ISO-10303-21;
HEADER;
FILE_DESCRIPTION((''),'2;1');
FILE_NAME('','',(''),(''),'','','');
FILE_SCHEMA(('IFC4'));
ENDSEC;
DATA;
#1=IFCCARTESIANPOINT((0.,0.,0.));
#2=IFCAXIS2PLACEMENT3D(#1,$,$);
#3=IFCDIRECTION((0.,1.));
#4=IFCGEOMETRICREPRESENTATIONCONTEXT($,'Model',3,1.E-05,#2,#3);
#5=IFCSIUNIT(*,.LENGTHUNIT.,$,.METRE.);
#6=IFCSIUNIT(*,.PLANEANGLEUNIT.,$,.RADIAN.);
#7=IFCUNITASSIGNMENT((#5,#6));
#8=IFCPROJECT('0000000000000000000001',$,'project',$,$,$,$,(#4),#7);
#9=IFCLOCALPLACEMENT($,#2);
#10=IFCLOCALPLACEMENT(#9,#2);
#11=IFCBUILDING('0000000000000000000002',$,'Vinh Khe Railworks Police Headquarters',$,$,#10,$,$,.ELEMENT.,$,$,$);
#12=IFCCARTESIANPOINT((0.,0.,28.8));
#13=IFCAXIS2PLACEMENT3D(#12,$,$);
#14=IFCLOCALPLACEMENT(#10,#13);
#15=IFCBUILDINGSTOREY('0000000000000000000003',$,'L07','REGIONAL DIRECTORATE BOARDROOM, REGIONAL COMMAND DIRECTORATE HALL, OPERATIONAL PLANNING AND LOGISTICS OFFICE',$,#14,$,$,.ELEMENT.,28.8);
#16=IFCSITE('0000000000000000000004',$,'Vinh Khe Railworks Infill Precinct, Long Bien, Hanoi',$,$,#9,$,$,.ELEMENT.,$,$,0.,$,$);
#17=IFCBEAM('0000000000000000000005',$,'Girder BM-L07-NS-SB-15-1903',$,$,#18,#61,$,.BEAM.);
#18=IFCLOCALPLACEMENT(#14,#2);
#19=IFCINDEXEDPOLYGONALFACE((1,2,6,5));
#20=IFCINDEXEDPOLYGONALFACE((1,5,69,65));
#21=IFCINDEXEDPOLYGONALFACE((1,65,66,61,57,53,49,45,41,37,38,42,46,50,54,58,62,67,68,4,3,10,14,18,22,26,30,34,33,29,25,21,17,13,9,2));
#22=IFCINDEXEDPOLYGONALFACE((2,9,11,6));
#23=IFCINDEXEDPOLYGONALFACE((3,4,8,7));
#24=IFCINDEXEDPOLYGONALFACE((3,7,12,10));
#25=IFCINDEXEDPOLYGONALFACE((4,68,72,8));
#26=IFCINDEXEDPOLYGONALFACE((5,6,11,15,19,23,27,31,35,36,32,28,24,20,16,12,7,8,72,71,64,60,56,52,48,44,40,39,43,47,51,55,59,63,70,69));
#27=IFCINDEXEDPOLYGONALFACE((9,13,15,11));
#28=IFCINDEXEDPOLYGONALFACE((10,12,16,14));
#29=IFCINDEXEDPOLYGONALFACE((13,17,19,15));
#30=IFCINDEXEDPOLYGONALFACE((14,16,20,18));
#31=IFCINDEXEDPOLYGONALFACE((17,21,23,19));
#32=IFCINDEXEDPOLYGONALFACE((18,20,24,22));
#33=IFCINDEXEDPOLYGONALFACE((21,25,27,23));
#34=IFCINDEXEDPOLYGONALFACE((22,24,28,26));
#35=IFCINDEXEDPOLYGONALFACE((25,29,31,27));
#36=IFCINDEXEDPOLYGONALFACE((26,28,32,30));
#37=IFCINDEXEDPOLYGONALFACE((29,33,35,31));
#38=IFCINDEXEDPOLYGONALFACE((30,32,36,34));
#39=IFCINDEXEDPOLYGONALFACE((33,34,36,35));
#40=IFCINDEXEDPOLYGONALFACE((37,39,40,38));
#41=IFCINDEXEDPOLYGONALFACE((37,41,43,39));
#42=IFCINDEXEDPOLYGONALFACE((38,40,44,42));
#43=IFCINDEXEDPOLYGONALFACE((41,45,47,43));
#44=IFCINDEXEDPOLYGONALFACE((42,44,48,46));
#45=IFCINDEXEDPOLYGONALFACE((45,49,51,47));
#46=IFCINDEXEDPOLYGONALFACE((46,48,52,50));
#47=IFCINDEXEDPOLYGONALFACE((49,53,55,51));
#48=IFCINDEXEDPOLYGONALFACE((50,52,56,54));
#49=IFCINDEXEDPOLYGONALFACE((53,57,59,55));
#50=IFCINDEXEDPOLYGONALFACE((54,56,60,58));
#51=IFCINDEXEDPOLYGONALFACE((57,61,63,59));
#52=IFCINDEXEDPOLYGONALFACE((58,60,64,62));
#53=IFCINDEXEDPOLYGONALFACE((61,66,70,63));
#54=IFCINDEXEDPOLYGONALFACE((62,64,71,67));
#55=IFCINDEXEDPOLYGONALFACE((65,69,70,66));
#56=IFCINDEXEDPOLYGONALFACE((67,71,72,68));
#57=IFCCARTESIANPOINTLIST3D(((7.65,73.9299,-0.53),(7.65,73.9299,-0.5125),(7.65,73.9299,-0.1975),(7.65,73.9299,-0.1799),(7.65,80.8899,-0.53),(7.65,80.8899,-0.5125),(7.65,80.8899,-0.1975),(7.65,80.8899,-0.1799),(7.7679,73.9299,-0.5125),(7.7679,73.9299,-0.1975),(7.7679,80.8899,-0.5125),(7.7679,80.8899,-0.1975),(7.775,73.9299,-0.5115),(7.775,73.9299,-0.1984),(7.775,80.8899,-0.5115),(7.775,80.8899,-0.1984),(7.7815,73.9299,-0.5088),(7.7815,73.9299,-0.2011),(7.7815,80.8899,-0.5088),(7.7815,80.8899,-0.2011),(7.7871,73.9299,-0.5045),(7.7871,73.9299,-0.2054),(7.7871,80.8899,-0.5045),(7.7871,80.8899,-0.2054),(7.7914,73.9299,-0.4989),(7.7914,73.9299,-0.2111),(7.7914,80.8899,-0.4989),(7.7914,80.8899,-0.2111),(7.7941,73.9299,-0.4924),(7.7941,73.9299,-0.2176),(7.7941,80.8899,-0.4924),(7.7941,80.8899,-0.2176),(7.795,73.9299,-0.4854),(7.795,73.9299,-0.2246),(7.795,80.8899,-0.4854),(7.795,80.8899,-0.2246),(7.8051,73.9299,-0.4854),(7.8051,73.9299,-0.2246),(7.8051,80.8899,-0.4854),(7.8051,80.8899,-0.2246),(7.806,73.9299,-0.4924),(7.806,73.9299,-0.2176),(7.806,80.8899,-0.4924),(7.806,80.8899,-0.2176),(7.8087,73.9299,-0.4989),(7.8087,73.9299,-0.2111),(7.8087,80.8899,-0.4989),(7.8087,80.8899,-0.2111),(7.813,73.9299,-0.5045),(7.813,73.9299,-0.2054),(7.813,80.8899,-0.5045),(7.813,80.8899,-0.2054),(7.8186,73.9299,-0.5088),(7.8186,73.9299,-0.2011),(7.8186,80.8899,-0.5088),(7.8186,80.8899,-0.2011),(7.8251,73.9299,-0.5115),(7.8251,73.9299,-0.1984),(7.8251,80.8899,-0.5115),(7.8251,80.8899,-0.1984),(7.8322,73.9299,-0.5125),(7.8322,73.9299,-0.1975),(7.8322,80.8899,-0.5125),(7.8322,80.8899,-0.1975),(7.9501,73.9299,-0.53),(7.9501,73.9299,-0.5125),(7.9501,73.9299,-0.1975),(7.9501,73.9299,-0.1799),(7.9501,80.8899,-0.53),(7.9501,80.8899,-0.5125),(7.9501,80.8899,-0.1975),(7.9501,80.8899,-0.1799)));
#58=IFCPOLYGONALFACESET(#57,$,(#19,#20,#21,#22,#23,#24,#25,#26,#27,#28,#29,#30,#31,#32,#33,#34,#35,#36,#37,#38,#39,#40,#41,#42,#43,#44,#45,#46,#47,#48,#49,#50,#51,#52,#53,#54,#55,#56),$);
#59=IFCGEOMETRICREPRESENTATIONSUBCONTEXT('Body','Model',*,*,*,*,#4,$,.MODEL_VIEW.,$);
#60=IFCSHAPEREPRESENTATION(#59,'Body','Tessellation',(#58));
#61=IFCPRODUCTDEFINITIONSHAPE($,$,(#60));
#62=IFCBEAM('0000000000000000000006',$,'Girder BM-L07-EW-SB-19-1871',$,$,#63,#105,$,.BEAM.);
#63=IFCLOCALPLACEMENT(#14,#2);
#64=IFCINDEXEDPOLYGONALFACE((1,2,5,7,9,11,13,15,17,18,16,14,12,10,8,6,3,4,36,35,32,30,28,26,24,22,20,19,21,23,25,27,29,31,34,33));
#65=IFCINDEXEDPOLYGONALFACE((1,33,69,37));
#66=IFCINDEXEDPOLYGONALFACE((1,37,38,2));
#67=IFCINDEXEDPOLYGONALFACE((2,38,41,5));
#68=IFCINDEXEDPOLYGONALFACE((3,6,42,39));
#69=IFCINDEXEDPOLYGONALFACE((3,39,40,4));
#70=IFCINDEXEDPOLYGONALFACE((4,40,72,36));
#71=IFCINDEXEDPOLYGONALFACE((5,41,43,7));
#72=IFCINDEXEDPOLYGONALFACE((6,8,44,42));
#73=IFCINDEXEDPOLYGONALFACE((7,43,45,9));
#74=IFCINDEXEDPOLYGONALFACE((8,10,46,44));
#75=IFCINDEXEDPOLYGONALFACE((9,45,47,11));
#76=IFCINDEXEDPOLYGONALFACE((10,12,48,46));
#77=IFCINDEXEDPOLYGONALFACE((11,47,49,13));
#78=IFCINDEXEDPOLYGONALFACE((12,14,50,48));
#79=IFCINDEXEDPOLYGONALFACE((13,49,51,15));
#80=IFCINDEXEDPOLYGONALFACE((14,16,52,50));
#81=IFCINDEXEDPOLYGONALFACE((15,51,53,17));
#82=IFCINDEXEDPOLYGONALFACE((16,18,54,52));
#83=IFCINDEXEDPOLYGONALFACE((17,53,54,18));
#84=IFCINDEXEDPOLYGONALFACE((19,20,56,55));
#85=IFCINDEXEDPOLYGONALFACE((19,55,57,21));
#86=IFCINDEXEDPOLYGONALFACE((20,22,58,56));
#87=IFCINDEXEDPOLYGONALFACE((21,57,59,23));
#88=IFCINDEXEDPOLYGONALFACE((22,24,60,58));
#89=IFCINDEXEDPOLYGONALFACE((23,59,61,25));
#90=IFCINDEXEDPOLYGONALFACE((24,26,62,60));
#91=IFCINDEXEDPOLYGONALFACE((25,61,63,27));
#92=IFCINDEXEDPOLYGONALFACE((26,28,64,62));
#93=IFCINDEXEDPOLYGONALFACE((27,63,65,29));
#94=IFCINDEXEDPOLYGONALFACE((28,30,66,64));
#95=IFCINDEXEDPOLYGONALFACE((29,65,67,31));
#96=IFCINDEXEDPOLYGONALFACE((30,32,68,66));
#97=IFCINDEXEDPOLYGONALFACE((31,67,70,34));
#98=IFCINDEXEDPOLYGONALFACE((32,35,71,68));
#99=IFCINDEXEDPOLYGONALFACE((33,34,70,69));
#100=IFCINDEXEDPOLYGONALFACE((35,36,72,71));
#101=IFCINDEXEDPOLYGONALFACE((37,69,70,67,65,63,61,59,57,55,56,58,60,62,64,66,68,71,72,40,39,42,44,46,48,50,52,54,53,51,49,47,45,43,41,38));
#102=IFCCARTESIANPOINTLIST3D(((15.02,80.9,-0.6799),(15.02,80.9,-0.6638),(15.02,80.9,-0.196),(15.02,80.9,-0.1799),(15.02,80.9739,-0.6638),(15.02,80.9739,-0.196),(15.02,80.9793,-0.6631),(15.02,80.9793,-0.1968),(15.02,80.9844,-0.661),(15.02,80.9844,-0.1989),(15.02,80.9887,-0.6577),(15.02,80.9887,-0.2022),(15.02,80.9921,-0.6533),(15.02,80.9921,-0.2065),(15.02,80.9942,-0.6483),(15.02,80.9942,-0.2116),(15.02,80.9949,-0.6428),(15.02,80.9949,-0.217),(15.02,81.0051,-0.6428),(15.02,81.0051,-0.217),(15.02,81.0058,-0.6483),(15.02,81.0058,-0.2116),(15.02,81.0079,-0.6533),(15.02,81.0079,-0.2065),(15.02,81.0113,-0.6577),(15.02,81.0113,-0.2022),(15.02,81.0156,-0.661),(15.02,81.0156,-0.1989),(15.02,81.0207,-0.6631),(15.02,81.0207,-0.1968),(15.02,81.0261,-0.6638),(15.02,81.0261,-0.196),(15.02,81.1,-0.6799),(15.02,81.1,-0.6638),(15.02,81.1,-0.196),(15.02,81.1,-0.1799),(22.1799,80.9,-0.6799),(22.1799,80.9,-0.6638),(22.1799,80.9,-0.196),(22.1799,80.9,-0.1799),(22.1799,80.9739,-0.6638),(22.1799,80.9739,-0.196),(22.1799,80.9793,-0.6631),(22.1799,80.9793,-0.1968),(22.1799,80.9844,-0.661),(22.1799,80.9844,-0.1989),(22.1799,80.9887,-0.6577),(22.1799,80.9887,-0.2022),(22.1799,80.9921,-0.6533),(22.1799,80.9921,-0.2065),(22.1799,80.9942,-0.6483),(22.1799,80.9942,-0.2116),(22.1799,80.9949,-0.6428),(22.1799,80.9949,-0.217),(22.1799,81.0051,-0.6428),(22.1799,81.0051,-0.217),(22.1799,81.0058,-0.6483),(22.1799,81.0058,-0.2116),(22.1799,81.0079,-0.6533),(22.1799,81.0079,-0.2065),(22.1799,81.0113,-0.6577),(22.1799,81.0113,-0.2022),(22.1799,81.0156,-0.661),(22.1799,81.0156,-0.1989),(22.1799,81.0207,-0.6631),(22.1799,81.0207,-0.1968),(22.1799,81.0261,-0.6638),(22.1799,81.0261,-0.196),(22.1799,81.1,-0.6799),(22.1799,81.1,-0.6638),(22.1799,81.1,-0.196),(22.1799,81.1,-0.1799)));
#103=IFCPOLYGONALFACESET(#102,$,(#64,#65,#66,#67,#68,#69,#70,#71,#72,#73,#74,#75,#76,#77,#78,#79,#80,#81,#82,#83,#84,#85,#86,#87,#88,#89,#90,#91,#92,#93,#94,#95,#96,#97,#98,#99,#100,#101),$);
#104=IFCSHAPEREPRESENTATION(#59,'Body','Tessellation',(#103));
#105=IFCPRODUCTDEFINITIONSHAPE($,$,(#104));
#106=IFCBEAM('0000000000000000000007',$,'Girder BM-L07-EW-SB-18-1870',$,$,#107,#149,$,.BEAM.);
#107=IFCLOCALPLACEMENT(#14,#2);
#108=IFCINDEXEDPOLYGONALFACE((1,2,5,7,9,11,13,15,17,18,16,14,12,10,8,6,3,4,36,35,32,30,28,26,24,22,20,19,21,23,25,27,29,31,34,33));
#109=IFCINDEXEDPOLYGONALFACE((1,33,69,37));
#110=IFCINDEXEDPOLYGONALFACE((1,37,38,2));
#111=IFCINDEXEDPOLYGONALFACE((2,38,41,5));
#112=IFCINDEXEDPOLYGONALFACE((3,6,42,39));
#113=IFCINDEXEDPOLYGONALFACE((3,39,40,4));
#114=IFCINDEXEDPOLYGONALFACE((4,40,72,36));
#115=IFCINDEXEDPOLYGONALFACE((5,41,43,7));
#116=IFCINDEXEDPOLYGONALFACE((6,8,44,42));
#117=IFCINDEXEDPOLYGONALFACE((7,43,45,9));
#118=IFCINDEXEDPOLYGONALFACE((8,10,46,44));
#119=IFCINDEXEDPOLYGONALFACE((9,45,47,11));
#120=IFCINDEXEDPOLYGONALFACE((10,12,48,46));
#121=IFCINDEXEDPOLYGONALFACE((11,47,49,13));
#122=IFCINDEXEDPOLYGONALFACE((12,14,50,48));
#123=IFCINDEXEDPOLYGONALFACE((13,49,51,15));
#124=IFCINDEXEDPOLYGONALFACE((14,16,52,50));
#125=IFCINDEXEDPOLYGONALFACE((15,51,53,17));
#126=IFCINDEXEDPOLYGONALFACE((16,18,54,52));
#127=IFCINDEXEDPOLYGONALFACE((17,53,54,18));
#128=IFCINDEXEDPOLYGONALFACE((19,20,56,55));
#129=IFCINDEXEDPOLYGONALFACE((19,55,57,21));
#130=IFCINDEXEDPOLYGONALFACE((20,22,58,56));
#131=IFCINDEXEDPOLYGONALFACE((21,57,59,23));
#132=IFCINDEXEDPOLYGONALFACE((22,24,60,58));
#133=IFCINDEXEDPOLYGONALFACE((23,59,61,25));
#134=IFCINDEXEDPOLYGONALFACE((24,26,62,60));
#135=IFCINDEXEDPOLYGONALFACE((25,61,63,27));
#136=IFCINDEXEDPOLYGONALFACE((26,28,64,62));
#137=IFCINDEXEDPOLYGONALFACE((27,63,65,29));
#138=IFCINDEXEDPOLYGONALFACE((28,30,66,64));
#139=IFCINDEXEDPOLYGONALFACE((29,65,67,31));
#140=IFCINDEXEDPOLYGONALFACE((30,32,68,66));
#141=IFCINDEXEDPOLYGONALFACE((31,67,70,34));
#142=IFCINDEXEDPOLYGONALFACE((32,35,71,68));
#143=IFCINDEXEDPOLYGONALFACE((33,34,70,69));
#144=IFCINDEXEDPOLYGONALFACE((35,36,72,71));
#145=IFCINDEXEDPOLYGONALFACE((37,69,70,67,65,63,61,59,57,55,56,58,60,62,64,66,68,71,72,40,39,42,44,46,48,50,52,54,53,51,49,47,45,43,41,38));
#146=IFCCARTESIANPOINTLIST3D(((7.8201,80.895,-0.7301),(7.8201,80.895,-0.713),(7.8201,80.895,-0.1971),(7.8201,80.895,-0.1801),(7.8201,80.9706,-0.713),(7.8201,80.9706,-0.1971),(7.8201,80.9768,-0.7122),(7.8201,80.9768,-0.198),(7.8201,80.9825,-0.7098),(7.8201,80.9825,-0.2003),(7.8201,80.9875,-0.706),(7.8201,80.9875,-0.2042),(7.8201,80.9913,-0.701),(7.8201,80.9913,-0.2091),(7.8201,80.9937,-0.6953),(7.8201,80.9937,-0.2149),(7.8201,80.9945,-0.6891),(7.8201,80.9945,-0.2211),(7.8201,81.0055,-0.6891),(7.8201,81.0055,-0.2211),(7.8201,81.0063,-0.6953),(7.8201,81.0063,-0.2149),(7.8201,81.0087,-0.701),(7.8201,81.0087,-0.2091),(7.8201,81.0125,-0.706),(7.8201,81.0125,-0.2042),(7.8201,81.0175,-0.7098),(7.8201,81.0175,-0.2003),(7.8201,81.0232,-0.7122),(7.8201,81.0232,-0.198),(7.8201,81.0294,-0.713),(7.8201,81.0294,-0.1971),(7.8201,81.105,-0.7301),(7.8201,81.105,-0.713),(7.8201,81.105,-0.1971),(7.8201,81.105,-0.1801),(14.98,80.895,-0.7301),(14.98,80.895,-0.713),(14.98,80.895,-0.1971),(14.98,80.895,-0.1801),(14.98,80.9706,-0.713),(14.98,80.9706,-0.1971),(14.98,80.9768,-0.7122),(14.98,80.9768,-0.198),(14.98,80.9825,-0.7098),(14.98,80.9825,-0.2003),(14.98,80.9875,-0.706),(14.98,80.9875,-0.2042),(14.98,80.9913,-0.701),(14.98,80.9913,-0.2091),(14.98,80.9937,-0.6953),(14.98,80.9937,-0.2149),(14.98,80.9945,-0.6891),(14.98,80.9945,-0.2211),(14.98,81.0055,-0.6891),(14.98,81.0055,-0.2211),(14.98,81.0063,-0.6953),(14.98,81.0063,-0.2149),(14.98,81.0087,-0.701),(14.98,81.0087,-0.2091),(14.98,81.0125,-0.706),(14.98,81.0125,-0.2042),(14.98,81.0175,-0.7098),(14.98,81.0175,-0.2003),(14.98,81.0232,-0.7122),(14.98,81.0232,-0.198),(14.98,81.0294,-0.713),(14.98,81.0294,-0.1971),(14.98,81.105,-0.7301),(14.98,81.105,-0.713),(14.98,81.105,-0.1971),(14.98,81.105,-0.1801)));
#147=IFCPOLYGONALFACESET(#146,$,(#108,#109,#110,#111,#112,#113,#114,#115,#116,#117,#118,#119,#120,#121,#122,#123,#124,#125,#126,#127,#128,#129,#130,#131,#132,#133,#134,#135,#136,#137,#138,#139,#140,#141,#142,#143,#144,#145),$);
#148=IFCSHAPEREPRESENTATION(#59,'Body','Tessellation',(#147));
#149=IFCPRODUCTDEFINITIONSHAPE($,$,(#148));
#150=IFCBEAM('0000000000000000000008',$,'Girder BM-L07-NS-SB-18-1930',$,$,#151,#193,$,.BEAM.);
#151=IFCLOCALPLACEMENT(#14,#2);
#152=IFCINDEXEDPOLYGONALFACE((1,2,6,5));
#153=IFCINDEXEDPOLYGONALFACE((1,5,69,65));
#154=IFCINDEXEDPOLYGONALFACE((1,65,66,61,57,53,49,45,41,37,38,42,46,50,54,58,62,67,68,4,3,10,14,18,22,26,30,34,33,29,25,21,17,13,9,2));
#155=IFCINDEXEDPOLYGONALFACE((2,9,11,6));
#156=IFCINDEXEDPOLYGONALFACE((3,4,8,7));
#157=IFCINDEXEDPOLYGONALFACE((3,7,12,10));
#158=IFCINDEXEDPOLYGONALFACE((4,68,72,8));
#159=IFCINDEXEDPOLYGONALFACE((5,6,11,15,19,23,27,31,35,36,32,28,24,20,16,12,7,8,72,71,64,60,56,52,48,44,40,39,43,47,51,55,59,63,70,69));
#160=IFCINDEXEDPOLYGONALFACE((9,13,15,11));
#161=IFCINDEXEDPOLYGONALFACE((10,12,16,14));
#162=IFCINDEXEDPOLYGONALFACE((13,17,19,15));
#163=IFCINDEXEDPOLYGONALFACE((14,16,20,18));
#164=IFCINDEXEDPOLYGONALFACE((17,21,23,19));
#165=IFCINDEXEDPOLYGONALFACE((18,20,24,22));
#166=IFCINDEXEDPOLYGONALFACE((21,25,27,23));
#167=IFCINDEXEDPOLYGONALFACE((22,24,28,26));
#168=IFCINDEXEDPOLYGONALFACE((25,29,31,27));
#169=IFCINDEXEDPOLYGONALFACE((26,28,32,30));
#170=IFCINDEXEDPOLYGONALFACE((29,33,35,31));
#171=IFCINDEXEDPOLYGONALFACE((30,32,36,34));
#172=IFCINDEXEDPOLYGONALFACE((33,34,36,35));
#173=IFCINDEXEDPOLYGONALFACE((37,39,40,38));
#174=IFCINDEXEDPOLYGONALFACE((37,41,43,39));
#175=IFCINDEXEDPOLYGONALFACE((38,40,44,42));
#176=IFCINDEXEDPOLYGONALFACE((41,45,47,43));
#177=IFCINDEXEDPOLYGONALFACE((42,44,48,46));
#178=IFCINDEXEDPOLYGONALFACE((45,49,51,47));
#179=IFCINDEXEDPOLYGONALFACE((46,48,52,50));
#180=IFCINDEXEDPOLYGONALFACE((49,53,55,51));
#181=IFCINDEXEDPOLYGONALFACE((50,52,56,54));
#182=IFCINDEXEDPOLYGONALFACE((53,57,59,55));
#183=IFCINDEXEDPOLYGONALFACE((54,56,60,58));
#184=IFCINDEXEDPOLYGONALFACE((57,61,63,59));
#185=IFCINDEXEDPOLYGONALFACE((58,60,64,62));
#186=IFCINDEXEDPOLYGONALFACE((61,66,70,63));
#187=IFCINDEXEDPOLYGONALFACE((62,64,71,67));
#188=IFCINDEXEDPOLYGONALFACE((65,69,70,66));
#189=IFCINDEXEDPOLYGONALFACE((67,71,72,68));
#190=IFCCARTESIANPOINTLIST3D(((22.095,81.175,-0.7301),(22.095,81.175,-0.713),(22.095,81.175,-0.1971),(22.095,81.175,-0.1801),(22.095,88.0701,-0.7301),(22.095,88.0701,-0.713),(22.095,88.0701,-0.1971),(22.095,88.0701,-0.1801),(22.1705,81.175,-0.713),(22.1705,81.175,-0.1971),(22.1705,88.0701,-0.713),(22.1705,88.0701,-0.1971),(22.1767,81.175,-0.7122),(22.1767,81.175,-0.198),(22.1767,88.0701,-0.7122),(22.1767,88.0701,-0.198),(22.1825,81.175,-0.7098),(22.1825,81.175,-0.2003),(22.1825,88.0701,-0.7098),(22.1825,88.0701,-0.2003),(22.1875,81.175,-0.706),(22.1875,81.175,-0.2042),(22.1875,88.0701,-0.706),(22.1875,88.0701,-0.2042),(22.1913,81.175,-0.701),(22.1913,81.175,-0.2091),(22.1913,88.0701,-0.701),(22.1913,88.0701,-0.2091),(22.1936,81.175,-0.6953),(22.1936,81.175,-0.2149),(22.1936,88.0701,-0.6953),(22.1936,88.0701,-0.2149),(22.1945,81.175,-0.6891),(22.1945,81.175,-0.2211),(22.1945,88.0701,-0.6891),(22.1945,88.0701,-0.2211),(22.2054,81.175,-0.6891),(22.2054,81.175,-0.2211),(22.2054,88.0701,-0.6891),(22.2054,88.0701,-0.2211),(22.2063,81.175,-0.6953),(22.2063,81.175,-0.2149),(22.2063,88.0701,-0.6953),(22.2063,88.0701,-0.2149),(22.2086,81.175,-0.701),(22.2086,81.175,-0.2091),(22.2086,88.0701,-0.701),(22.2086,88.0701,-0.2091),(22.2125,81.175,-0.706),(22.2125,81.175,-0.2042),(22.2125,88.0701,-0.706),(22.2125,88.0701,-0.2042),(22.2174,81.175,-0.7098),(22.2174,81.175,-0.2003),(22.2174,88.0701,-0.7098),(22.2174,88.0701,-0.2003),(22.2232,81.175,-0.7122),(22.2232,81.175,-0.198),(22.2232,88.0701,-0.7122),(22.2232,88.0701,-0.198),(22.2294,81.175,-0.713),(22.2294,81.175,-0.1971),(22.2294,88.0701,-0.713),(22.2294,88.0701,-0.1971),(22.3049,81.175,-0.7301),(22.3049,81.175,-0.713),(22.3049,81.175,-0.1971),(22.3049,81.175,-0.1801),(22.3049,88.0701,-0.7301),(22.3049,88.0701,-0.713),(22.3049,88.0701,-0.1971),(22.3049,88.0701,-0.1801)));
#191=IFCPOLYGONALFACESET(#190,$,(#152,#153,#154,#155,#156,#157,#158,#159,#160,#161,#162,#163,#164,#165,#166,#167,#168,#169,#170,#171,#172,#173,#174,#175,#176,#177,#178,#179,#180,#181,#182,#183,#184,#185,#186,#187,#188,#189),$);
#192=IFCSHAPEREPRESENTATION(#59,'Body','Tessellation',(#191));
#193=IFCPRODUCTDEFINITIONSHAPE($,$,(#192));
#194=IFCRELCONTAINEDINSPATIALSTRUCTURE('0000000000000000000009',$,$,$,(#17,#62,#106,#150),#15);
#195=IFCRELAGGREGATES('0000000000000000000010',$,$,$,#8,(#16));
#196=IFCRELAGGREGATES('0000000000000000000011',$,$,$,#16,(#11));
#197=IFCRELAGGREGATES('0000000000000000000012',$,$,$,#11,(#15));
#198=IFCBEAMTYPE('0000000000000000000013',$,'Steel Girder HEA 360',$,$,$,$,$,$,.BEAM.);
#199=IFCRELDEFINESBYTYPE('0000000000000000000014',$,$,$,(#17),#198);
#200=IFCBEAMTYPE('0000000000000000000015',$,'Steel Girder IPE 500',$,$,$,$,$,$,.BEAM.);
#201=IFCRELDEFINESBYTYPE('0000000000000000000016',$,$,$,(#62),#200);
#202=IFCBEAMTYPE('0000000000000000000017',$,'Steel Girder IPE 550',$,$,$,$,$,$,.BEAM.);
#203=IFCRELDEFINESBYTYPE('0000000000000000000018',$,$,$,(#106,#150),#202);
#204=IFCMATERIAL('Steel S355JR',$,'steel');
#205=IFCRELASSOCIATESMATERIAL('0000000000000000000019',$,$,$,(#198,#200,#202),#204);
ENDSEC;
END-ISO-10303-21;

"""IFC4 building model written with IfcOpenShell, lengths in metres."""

from ifc_helpers import new_model, si_unit, direction, frame, origin, origin_2d, place, context, subcontext, project, spatial, i_section, extrude, material, material_profile, profile_set, type_object, element, save


model = new_model("IFC4")

# Units and contexts
model_context = context("Model", 3, precision=1e-05, world=origin(), true_north=direction((0.0, 1.0)))
body_context = subcontext(model_context, "Body", "Model", "MODEL_VIEW")
ifc_project = project(units=[si_unit("LENGTHUNIT", "METRE"), si_unit("PLANEANGLEUNIT", "RADIAN")], contexts=[model_context])

# Site, building, storey
site_placement = place(None, origin())
site = spatial("IfcSite", under=ifc_project, at=site_placement, Name="Vinh Khe Railworks Infill Precinct, Long Bien, Hanoi", CompositionType="ELEMENT", RefElevation=0.0)
building_placement = place(site_placement, origin())
building = spatial("IfcBuilding", under=site, at=building_placement, Name="Vinh Khe Railworks Police Headquarters", CompositionType="ELEMENT")
storey_placement = place(building_placement, frame((0.0, 0.0, 28.8)))
storey = spatial("IfcBuildingStorey", under=building, at=storey_placement, Name="L07", Description="REGIONAL DIRECTORATE BOARDROOM, REGIONAL COMMAND DIRECTORATE HALL, OPERATIONAL PLANNING AND LOGISTICS OFFICE", CompositionType="ELEMENT", Elevation=28.8)

# Shared definitions
ifc_material_1 = material(Name="Steel S355JR", Category="steel")

# Beams
ifc_material_profile_1 = material_profile(ifc_material_1, i_section(OverallWidth=0.3, OverallDepth=0.3501, WebThickness=0.01, FlangeThickness=0.0176, FilletRadius=0.0271, at=origin_2d()), Name="HEA 360")
ifc_profile_set_1 = profile_set([ifc_material_profile_1], Name="Steel S355JR")
beam_type_1 = type_object("IfcBeamType", Name="Steel Girder HEA 360", PredefinedType="BEAM", material=ifc_profile_set_1)
beam_1_placement = place(storey_placement, frame((7.8, 73.9299, -0.355), z_axis=(0.0, 1.0, 0.0), x_axis=(-1.0, 0.0, 0.0)))
element("IfcBeam", 1, at=beam_1_placement, inside=storey, type_object=beam_type_1, Name="Girder BM-L07-NS-SB-15-1903", PredefinedType="BEAM", context=body_context, shape_type="SweptSolid", body=[
    extrude(i_section(OverallWidth=0.3, OverallDepth=0.3501, WebThickness=0.01, FlangeThickness=0.0176, FilletRadius=0.0271, at=origin_2d()), origin(), (0.0, 0.0, 1.0), 6.96),
])
ifc_material_profile_2 = material_profile(ifc_material_1, i_section(OverallWidth=0.2, OverallDepth=0.5, WebThickness=0.0103, FlangeThickness=0.0161, FilletRadius=0.021, at=origin_2d()), Name="IPE 500")
ifc_profile_set_2 = profile_set([ifc_material_profile_2], Name="Steel S355JR")
beam_type_2 = type_object("IfcBeamType", Name="Steel Girder IPE 500", PredefinedType="BEAM", material=ifc_profile_set_2)
beam_2_placement = place(storey_placement, frame((15.02, 81.0, -0.4299), z_axis=(1.0, 0.0, 0.0), x_axis=(0.0, 1.0, 0.0)))
element("IfcBeam", 2, at=beam_2_placement, inside=storey, type_object=beam_type_2, Name="Girder BM-L07-EW-SB-19-1871", PredefinedType="BEAM", context=body_context, shape_type="SweptSolid", body=[
    extrude(i_section(OverallWidth=0.2, OverallDepth=0.5, WebThickness=0.0103, FlangeThickness=0.0161, FilletRadius=0.021, at=origin_2d()), origin(), (0.0, 0.0, 1.0), 7.1599),
])
ifc_material_profile_3 = material_profile(ifc_material_1, i_section(OverallWidth=0.21, OverallDepth=0.55, WebThickness=0.011, FlangeThickness=0.0171, FilletRadius=0.0239, at=origin_2d()), Name="IPE 550")
ifc_profile_set_3 = profile_set([ifc_material_profile_3], Name="Steel S355JR")
beam_type_3 = type_object("IfcBeamType", Name="Steel Girder IPE 550", PredefinedType="BEAM", material=ifc_profile_set_3)
beam_3_placement = place(storey_placement, frame((7.8201, 81.0, -0.4551), z_axis=(1.0, 0.0, 0.0), x_axis=(0.0, 1.0, 0.0)))
element("IfcBeam", 3, at=beam_3_placement, inside=storey, type_object=beam_type_3, Name="Girder BM-L07-EW-SB-18-1870", PredefinedType="BEAM", context=body_context, shape_type="SweptSolid", body=[
    extrude(i_section(OverallWidth=0.21, OverallDepth=0.55, WebThickness=0.011, FlangeThickness=0.0171, FilletRadius=0.0239, at=origin_2d()), origin(), (0.0, 0.0, 1.0), 7.1599),
])
beam_4_placement = place(storey_placement, frame((22.2, 81.175, -0.4551), z_axis=(0.0, 1.0, 0.0), x_axis=(-1.0, 0.0, 0.0)))
element("IfcBeam", 4, at=beam_4_placement, inside=storey, type_object=beam_type_3, Name="Girder BM-L07-NS-SB-18-1930", PredefinedType="BEAM", context=body_context, shape_type="SweptSolid", body=[
    extrude(i_section(OverallWidth=0.21, OverallDepth=0.55, WebThickness=0.011, FlangeThickness=0.0171, FilletRadius=0.0239, at=origin_2d()), origin(), (0.0, 0.0, 1.0), 6.895),
])

save(model, "model.ifc")
